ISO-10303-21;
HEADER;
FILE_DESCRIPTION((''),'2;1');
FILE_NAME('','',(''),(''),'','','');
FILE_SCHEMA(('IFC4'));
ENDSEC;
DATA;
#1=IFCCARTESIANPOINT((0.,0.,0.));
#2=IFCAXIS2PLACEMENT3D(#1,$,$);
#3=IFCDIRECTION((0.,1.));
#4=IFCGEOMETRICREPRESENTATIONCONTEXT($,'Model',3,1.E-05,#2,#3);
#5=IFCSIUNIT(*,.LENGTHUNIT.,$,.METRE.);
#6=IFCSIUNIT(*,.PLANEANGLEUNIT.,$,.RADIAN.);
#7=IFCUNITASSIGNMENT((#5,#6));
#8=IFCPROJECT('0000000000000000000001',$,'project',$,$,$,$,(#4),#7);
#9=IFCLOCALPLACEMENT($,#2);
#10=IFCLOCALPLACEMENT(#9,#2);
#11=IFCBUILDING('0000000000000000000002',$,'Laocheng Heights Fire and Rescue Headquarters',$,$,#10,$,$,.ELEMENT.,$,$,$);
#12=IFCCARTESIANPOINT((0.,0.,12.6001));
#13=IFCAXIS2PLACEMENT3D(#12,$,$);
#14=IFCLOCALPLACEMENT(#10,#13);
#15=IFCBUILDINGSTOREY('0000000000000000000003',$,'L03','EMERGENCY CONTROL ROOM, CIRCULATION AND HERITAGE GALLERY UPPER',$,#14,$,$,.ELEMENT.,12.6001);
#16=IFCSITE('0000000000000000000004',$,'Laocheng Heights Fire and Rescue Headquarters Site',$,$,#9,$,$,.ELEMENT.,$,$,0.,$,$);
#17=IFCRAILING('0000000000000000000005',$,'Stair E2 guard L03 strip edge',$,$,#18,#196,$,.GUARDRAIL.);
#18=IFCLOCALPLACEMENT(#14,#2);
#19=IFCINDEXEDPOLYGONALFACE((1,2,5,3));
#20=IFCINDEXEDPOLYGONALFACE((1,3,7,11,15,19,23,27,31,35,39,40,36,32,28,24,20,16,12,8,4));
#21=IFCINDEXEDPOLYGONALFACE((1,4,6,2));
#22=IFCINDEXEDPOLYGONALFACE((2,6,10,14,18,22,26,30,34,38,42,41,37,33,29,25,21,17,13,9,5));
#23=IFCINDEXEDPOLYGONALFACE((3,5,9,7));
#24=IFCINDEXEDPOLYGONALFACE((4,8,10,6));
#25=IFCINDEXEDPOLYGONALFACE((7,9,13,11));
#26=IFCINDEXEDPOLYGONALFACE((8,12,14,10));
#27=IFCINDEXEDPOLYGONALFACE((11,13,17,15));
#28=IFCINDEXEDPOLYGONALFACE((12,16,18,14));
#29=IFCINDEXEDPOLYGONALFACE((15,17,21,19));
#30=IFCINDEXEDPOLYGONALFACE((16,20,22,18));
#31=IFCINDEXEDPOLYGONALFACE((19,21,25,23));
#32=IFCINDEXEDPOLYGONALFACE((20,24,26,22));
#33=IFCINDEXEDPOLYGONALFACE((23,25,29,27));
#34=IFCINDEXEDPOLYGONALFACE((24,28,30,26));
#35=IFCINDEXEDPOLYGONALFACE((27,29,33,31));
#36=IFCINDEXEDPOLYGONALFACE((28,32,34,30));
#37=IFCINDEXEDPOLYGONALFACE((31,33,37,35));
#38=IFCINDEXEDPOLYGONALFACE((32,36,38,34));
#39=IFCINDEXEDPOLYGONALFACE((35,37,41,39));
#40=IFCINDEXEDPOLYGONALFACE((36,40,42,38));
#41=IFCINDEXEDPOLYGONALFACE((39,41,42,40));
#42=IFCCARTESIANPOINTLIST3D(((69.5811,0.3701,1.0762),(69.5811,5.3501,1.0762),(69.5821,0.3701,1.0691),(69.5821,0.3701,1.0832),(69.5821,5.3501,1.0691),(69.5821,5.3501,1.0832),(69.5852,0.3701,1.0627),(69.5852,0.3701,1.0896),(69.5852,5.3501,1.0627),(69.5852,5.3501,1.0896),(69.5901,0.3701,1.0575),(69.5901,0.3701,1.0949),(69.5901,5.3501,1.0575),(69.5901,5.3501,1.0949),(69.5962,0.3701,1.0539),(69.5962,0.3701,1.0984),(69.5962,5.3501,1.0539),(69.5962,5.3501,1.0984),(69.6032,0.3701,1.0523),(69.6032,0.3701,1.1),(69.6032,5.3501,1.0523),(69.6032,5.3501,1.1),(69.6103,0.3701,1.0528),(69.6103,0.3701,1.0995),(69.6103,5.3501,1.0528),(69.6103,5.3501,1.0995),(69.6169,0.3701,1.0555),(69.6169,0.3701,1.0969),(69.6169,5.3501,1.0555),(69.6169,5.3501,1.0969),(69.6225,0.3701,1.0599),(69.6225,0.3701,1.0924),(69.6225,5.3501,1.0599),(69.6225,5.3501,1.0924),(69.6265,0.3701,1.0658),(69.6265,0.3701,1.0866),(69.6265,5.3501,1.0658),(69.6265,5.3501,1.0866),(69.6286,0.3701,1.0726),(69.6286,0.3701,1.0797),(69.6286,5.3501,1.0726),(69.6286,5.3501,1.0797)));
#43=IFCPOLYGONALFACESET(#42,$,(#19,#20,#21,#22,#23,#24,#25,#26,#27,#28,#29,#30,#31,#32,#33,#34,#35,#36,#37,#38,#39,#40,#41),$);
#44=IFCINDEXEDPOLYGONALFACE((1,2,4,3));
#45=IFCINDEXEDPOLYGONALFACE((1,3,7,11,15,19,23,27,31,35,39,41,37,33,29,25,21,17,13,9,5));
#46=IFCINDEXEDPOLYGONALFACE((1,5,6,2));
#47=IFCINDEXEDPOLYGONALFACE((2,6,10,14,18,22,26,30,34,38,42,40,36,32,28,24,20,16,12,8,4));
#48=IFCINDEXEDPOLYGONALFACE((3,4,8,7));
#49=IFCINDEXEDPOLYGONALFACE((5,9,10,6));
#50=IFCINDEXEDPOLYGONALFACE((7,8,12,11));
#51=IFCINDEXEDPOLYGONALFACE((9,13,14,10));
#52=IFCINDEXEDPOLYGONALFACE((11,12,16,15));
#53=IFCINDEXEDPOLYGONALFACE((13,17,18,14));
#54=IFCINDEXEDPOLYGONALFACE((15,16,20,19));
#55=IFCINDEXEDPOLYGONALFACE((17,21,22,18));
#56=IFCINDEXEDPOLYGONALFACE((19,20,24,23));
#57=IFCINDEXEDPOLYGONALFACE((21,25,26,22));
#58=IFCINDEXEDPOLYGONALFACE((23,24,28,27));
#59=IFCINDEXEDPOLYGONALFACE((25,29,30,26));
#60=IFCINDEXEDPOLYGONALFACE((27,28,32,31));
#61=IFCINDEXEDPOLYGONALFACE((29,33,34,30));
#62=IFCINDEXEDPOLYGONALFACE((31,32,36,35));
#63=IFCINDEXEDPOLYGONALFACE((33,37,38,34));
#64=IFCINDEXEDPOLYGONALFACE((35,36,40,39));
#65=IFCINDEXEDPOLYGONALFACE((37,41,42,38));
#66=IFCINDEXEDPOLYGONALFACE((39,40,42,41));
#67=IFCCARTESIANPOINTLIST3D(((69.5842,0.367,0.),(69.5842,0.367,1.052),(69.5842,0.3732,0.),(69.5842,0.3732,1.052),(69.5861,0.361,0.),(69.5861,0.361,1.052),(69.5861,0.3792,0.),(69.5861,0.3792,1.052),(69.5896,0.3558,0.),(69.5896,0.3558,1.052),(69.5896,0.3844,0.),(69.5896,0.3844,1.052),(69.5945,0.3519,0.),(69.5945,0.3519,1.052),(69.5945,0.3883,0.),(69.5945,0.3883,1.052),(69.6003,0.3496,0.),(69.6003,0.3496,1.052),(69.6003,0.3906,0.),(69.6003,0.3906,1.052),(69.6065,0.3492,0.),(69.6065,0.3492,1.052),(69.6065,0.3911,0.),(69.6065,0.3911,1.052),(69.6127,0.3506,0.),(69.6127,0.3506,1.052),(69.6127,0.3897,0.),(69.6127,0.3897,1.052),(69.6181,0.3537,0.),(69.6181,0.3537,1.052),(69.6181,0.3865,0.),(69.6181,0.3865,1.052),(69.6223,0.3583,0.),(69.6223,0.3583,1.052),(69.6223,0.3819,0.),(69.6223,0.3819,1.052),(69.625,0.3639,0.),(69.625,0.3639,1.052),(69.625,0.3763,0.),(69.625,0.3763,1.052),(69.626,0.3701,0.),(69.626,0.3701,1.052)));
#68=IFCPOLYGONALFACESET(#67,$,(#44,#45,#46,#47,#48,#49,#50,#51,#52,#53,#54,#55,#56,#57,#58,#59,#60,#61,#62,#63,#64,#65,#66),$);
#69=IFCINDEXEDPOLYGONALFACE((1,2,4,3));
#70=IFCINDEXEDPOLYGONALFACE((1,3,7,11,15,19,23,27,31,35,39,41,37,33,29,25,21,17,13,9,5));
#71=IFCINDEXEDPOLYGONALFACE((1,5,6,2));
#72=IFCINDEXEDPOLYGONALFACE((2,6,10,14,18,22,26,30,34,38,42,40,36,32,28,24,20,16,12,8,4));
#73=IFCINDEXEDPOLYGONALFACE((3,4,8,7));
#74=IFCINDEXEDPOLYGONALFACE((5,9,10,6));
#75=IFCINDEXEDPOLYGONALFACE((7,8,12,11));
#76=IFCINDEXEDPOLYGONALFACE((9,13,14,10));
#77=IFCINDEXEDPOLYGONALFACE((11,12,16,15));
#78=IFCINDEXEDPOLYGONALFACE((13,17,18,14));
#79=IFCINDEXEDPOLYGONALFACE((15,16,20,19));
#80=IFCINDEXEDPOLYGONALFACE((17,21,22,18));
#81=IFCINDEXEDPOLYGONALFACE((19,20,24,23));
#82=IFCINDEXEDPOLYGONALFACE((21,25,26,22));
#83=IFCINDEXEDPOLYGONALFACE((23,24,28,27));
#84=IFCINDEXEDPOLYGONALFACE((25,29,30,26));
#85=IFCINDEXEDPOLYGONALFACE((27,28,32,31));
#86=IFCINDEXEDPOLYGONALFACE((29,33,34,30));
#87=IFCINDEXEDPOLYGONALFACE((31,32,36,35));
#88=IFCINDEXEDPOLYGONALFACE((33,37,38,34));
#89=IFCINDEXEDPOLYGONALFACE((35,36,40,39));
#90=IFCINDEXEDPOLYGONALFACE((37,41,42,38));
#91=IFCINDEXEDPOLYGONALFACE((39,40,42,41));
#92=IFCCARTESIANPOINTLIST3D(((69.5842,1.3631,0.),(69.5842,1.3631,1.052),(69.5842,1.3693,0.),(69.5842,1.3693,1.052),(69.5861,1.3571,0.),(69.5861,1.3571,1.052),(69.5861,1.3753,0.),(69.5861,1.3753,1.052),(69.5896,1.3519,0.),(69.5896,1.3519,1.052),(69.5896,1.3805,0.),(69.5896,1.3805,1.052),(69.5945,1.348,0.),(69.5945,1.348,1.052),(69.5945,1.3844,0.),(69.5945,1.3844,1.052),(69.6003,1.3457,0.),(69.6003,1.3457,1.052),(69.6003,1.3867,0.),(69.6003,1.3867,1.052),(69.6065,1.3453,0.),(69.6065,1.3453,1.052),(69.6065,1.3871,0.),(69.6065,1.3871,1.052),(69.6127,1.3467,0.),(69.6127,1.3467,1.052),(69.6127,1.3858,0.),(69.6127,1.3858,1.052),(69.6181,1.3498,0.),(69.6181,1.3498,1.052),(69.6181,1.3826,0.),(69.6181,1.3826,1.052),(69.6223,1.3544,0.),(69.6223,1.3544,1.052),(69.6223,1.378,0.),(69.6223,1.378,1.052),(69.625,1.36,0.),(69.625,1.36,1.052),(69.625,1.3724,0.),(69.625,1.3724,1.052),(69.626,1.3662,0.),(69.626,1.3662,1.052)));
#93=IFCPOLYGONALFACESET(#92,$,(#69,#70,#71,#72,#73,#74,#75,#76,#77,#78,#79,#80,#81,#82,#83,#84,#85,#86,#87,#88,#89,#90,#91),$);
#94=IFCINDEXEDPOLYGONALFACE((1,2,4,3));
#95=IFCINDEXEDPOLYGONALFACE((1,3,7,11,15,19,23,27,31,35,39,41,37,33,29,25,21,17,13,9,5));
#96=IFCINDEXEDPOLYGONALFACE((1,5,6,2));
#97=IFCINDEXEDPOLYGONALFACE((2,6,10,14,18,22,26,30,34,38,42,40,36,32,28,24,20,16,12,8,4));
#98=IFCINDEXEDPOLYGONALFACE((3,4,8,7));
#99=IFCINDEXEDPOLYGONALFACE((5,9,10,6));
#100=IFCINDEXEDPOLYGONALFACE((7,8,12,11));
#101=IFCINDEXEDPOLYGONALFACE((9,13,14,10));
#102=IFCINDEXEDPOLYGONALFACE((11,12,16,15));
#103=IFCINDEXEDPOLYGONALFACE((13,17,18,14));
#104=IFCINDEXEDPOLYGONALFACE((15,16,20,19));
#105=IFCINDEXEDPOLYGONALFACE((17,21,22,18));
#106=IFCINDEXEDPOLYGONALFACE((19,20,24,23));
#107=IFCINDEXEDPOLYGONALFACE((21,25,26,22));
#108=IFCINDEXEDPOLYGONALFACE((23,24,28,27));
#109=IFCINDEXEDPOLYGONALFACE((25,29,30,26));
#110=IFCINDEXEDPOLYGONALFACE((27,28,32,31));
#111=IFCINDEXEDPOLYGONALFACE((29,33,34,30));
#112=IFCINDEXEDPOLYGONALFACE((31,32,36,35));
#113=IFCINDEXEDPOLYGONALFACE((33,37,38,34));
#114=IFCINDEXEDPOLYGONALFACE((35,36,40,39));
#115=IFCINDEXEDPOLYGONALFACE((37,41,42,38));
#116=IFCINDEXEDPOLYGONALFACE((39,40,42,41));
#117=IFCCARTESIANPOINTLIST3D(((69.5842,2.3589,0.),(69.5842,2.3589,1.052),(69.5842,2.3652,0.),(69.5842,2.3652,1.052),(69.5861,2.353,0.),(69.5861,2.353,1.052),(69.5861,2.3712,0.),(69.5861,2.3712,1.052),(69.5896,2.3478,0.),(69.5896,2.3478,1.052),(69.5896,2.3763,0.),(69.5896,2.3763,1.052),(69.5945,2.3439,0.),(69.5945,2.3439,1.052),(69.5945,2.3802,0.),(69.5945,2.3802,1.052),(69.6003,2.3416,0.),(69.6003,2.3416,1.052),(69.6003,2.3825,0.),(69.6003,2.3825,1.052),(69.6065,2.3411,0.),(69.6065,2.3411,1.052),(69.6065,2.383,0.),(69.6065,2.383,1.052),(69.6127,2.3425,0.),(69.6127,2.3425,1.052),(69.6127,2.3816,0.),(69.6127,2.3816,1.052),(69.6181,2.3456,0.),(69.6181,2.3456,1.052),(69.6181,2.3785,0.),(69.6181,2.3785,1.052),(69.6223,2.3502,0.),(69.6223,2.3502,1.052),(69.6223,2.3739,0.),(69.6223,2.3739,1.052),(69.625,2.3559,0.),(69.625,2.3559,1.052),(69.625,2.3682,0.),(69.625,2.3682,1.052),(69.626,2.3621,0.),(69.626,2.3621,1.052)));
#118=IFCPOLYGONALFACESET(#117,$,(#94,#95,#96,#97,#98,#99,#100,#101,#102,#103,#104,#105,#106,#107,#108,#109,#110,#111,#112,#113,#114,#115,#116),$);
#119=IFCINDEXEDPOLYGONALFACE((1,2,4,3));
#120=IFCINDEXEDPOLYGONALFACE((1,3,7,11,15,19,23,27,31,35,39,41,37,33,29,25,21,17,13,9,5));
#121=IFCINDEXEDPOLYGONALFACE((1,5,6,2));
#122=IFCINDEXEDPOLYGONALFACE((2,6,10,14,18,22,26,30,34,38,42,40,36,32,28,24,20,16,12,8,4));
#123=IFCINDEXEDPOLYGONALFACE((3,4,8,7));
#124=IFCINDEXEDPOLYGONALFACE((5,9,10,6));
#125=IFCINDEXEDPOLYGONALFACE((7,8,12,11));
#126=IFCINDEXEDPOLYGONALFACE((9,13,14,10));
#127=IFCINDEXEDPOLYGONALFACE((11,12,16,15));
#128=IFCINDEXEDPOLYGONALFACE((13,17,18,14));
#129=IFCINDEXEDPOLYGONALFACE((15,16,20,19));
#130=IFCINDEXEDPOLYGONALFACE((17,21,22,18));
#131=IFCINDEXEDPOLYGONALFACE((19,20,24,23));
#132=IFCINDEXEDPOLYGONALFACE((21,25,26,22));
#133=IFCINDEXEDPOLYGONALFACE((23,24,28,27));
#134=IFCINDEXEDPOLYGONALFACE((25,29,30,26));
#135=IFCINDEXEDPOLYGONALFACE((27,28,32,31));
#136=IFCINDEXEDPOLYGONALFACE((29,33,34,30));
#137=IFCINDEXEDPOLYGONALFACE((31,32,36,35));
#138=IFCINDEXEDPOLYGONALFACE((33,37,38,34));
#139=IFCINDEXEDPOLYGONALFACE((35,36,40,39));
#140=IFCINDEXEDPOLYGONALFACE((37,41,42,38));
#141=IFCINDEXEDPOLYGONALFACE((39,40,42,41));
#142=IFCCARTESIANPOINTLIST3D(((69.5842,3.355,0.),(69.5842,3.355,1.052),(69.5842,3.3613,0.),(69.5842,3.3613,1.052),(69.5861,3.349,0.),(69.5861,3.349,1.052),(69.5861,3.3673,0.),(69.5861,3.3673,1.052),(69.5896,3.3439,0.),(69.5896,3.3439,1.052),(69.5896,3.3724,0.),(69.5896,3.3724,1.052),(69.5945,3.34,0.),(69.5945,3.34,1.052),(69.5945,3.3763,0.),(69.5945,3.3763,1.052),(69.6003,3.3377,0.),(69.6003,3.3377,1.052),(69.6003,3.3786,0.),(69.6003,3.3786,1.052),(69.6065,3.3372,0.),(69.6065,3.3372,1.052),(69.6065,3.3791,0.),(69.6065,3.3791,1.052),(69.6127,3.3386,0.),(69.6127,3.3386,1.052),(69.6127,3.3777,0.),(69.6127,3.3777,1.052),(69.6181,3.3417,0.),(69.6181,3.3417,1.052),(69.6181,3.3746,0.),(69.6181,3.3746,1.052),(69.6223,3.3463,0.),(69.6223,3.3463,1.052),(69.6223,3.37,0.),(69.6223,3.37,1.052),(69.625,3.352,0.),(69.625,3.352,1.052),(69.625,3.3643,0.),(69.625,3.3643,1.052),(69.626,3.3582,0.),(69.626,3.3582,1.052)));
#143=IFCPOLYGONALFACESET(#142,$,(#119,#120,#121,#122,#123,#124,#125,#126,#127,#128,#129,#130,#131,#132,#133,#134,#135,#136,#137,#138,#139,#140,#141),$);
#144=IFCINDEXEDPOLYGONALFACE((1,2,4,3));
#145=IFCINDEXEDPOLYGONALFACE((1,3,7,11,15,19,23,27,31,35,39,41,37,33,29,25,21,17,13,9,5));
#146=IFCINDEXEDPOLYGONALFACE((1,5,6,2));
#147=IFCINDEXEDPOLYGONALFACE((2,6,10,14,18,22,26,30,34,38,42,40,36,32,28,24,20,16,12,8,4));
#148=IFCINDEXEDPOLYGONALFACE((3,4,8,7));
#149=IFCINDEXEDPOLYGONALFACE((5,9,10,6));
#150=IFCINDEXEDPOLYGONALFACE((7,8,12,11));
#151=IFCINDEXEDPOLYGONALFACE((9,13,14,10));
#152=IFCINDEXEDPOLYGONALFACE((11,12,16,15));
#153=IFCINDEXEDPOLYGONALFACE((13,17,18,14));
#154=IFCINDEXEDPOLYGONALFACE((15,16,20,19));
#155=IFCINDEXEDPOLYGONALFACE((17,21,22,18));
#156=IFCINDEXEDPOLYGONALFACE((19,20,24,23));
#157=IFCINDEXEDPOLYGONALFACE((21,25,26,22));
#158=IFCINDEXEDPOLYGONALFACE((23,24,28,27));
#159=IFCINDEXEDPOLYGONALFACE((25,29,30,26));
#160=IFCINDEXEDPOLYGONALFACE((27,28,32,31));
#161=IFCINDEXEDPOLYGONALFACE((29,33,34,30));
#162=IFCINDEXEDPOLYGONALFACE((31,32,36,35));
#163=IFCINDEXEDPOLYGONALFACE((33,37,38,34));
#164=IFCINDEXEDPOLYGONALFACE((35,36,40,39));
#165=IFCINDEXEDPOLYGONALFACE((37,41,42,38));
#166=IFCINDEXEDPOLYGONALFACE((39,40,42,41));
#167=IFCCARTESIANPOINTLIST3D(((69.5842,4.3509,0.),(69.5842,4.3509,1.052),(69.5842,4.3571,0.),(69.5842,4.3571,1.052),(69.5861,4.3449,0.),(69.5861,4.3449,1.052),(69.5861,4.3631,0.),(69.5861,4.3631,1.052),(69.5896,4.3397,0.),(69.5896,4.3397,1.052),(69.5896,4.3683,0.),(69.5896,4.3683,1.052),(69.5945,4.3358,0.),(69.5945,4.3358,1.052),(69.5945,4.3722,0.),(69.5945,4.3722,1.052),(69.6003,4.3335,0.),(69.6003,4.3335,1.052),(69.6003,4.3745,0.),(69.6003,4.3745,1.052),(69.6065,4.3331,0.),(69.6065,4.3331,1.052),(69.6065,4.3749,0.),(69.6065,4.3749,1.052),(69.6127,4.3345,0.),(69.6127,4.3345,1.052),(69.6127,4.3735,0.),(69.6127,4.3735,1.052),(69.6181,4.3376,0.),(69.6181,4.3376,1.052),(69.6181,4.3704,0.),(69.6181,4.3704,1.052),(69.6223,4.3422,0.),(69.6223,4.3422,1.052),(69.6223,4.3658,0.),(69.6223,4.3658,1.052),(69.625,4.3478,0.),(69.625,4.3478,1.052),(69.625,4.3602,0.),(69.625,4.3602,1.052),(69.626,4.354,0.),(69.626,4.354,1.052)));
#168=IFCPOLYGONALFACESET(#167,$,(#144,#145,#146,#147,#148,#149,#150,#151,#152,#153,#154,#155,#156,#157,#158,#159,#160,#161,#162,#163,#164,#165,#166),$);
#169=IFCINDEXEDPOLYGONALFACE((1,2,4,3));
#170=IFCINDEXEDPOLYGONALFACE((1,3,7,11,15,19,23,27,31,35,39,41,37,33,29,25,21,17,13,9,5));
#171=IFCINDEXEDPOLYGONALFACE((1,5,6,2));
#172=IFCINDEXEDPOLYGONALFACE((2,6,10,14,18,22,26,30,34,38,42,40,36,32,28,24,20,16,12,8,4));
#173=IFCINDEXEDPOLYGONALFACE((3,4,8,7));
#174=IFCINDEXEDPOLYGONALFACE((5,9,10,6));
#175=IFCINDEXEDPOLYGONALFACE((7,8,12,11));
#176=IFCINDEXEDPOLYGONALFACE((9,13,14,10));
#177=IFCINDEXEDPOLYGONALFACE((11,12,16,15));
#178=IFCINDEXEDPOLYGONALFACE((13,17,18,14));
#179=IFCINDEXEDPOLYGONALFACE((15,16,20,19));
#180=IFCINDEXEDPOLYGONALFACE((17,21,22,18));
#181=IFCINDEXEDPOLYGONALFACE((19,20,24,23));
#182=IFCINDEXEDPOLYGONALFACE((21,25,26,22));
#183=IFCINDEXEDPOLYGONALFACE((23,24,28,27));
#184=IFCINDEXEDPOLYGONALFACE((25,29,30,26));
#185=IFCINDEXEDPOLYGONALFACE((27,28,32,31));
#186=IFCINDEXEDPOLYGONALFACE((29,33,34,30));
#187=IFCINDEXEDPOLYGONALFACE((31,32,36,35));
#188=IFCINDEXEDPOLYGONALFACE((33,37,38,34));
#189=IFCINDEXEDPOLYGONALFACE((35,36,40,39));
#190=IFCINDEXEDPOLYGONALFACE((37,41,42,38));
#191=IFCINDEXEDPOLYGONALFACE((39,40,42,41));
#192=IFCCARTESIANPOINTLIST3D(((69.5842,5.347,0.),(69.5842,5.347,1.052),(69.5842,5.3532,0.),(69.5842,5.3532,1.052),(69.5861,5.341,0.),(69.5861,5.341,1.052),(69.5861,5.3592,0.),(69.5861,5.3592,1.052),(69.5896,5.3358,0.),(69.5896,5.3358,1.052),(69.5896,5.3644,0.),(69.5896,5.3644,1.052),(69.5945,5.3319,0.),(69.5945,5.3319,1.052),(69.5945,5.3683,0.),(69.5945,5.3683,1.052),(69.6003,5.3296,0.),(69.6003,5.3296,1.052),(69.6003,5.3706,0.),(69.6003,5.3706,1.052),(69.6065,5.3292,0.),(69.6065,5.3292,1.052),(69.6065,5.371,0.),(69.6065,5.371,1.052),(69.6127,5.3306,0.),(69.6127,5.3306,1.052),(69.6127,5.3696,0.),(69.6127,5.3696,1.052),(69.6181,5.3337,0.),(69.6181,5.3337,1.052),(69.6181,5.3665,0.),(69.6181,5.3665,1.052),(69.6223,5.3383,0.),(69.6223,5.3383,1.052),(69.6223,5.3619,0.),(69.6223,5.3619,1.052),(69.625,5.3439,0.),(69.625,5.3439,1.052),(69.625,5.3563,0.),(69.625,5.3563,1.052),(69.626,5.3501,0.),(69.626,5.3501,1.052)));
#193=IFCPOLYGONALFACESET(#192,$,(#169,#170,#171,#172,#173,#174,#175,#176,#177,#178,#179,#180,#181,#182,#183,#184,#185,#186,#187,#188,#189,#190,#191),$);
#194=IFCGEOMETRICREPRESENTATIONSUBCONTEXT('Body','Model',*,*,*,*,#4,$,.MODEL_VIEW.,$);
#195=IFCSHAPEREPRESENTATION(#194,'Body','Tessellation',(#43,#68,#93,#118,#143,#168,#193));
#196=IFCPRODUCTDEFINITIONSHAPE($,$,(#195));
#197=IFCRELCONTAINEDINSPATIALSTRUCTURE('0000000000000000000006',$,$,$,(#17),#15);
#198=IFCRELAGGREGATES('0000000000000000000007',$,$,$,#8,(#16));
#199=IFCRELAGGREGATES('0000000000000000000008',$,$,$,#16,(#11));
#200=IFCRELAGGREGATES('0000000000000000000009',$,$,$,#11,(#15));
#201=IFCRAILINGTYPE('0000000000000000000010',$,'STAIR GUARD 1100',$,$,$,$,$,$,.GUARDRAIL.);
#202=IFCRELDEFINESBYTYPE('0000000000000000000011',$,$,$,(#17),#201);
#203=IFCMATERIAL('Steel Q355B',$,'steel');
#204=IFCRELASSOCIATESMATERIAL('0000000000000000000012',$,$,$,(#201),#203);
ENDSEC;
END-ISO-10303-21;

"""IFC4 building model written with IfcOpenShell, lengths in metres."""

from ifc_helpers import new_model, si_unit, direction, frame, origin, origin_2d, place, context, subcontext, project, spatial, circle, extrude, material, type_object, element, save


model = new_model("IFC4")

# Units and contexts
model_context = context("Model", 3, precision=1e-05, world=origin(), true_north=direction((0.0, 1.0)))
body_context = subcontext(model_context, "Body", "Model", "MODEL_VIEW")
ifc_project = project(units=[si_unit("LENGTHUNIT", "METRE"), si_unit("PLANEANGLEUNIT", "RADIAN")], contexts=[model_context])

# Site, building, storey
site_placement = place(None, origin())
site = spatial("IfcSite", under=ifc_project, at=site_placement, Name="Laocheng Heights Fire and Rescue Headquarters Site", CompositionType="ELEMENT", RefElevation=0.0)
building_placement = place(site_placement, origin())
building = spatial("IfcBuilding", under=site, at=building_placement, Name="Laocheng Heights Fire and Rescue Headquarters", CompositionType="ELEMENT")
storey_placement = place(building_placement, frame((0.0, 0.0, 12.6001)))
storey = spatial("IfcBuildingStorey", under=building, at=storey_placement, Name="L03", Description="EMERGENCY CONTROL ROOM, CIRCULATION AND HERITAGE GALLERY UPPER", CompositionType="ELEMENT", Elevation=12.6001)

# Railing
ifc_material_1 = material(Name="Steel Q355B", Category="steel")
railing_type = type_object("IfcRailingType", Name="STAIR GUARD 1100", PredefinedType="GUARDRAIL", material=ifc_material_1)
railing_1_placement = place(storey_placement, frame((69.605, 0.3701, 0.0)))
element("IfcRailing", 1, at=railing_1_placement, inside=storey, type_object=railing_type, Name="Stair E2 guard L03 strip edge", PredefinedType="GUARDRAIL", context=body_context, shape_type="SweptSolid", body=[
    extrude(circle(Radius=0.0239, at=origin_2d()), frame((0.0, 0.0, 1.0762), z_axis=(0.0, 1.0, 0.0), x_axis=(-1.0, 0.0, 0.0)), (0.0, 0.0, 1.0), 4.98),
    extrude(circle(Radius=0.021, at=origin_2d()), origin(), (0.0, 0.0, 1.0), 1.052),
    extrude(circle(Radius=0.021, at=origin_2d()), frame((0.0, 0.9961, 0.0)), (0.0, 0.0, 1.0), 1.052),
    extrude(circle(Radius=0.021, at=origin_2d()), frame((0.0, 1.9919, 0.0)), (0.0, 0.0, 1.0), 1.052),
    extrude(circle(Radius=0.021, at=origin_2d()), frame((0.0, 2.988, 0.0)), (0.0, 0.0, 1.0), 1.052),
    extrude(circle(Radius=0.021, at=origin_2d()), frame((0.0, 3.9839, 0.0)), (0.0, 0.0, 1.0), 1.052),
    extrude(circle(Radius=0.021, at=origin_2d()), frame((0.0, 4.98, 0.0)), (0.0, 0.0, 1.0), 1.052),
])

save(model, "model.ifc")
